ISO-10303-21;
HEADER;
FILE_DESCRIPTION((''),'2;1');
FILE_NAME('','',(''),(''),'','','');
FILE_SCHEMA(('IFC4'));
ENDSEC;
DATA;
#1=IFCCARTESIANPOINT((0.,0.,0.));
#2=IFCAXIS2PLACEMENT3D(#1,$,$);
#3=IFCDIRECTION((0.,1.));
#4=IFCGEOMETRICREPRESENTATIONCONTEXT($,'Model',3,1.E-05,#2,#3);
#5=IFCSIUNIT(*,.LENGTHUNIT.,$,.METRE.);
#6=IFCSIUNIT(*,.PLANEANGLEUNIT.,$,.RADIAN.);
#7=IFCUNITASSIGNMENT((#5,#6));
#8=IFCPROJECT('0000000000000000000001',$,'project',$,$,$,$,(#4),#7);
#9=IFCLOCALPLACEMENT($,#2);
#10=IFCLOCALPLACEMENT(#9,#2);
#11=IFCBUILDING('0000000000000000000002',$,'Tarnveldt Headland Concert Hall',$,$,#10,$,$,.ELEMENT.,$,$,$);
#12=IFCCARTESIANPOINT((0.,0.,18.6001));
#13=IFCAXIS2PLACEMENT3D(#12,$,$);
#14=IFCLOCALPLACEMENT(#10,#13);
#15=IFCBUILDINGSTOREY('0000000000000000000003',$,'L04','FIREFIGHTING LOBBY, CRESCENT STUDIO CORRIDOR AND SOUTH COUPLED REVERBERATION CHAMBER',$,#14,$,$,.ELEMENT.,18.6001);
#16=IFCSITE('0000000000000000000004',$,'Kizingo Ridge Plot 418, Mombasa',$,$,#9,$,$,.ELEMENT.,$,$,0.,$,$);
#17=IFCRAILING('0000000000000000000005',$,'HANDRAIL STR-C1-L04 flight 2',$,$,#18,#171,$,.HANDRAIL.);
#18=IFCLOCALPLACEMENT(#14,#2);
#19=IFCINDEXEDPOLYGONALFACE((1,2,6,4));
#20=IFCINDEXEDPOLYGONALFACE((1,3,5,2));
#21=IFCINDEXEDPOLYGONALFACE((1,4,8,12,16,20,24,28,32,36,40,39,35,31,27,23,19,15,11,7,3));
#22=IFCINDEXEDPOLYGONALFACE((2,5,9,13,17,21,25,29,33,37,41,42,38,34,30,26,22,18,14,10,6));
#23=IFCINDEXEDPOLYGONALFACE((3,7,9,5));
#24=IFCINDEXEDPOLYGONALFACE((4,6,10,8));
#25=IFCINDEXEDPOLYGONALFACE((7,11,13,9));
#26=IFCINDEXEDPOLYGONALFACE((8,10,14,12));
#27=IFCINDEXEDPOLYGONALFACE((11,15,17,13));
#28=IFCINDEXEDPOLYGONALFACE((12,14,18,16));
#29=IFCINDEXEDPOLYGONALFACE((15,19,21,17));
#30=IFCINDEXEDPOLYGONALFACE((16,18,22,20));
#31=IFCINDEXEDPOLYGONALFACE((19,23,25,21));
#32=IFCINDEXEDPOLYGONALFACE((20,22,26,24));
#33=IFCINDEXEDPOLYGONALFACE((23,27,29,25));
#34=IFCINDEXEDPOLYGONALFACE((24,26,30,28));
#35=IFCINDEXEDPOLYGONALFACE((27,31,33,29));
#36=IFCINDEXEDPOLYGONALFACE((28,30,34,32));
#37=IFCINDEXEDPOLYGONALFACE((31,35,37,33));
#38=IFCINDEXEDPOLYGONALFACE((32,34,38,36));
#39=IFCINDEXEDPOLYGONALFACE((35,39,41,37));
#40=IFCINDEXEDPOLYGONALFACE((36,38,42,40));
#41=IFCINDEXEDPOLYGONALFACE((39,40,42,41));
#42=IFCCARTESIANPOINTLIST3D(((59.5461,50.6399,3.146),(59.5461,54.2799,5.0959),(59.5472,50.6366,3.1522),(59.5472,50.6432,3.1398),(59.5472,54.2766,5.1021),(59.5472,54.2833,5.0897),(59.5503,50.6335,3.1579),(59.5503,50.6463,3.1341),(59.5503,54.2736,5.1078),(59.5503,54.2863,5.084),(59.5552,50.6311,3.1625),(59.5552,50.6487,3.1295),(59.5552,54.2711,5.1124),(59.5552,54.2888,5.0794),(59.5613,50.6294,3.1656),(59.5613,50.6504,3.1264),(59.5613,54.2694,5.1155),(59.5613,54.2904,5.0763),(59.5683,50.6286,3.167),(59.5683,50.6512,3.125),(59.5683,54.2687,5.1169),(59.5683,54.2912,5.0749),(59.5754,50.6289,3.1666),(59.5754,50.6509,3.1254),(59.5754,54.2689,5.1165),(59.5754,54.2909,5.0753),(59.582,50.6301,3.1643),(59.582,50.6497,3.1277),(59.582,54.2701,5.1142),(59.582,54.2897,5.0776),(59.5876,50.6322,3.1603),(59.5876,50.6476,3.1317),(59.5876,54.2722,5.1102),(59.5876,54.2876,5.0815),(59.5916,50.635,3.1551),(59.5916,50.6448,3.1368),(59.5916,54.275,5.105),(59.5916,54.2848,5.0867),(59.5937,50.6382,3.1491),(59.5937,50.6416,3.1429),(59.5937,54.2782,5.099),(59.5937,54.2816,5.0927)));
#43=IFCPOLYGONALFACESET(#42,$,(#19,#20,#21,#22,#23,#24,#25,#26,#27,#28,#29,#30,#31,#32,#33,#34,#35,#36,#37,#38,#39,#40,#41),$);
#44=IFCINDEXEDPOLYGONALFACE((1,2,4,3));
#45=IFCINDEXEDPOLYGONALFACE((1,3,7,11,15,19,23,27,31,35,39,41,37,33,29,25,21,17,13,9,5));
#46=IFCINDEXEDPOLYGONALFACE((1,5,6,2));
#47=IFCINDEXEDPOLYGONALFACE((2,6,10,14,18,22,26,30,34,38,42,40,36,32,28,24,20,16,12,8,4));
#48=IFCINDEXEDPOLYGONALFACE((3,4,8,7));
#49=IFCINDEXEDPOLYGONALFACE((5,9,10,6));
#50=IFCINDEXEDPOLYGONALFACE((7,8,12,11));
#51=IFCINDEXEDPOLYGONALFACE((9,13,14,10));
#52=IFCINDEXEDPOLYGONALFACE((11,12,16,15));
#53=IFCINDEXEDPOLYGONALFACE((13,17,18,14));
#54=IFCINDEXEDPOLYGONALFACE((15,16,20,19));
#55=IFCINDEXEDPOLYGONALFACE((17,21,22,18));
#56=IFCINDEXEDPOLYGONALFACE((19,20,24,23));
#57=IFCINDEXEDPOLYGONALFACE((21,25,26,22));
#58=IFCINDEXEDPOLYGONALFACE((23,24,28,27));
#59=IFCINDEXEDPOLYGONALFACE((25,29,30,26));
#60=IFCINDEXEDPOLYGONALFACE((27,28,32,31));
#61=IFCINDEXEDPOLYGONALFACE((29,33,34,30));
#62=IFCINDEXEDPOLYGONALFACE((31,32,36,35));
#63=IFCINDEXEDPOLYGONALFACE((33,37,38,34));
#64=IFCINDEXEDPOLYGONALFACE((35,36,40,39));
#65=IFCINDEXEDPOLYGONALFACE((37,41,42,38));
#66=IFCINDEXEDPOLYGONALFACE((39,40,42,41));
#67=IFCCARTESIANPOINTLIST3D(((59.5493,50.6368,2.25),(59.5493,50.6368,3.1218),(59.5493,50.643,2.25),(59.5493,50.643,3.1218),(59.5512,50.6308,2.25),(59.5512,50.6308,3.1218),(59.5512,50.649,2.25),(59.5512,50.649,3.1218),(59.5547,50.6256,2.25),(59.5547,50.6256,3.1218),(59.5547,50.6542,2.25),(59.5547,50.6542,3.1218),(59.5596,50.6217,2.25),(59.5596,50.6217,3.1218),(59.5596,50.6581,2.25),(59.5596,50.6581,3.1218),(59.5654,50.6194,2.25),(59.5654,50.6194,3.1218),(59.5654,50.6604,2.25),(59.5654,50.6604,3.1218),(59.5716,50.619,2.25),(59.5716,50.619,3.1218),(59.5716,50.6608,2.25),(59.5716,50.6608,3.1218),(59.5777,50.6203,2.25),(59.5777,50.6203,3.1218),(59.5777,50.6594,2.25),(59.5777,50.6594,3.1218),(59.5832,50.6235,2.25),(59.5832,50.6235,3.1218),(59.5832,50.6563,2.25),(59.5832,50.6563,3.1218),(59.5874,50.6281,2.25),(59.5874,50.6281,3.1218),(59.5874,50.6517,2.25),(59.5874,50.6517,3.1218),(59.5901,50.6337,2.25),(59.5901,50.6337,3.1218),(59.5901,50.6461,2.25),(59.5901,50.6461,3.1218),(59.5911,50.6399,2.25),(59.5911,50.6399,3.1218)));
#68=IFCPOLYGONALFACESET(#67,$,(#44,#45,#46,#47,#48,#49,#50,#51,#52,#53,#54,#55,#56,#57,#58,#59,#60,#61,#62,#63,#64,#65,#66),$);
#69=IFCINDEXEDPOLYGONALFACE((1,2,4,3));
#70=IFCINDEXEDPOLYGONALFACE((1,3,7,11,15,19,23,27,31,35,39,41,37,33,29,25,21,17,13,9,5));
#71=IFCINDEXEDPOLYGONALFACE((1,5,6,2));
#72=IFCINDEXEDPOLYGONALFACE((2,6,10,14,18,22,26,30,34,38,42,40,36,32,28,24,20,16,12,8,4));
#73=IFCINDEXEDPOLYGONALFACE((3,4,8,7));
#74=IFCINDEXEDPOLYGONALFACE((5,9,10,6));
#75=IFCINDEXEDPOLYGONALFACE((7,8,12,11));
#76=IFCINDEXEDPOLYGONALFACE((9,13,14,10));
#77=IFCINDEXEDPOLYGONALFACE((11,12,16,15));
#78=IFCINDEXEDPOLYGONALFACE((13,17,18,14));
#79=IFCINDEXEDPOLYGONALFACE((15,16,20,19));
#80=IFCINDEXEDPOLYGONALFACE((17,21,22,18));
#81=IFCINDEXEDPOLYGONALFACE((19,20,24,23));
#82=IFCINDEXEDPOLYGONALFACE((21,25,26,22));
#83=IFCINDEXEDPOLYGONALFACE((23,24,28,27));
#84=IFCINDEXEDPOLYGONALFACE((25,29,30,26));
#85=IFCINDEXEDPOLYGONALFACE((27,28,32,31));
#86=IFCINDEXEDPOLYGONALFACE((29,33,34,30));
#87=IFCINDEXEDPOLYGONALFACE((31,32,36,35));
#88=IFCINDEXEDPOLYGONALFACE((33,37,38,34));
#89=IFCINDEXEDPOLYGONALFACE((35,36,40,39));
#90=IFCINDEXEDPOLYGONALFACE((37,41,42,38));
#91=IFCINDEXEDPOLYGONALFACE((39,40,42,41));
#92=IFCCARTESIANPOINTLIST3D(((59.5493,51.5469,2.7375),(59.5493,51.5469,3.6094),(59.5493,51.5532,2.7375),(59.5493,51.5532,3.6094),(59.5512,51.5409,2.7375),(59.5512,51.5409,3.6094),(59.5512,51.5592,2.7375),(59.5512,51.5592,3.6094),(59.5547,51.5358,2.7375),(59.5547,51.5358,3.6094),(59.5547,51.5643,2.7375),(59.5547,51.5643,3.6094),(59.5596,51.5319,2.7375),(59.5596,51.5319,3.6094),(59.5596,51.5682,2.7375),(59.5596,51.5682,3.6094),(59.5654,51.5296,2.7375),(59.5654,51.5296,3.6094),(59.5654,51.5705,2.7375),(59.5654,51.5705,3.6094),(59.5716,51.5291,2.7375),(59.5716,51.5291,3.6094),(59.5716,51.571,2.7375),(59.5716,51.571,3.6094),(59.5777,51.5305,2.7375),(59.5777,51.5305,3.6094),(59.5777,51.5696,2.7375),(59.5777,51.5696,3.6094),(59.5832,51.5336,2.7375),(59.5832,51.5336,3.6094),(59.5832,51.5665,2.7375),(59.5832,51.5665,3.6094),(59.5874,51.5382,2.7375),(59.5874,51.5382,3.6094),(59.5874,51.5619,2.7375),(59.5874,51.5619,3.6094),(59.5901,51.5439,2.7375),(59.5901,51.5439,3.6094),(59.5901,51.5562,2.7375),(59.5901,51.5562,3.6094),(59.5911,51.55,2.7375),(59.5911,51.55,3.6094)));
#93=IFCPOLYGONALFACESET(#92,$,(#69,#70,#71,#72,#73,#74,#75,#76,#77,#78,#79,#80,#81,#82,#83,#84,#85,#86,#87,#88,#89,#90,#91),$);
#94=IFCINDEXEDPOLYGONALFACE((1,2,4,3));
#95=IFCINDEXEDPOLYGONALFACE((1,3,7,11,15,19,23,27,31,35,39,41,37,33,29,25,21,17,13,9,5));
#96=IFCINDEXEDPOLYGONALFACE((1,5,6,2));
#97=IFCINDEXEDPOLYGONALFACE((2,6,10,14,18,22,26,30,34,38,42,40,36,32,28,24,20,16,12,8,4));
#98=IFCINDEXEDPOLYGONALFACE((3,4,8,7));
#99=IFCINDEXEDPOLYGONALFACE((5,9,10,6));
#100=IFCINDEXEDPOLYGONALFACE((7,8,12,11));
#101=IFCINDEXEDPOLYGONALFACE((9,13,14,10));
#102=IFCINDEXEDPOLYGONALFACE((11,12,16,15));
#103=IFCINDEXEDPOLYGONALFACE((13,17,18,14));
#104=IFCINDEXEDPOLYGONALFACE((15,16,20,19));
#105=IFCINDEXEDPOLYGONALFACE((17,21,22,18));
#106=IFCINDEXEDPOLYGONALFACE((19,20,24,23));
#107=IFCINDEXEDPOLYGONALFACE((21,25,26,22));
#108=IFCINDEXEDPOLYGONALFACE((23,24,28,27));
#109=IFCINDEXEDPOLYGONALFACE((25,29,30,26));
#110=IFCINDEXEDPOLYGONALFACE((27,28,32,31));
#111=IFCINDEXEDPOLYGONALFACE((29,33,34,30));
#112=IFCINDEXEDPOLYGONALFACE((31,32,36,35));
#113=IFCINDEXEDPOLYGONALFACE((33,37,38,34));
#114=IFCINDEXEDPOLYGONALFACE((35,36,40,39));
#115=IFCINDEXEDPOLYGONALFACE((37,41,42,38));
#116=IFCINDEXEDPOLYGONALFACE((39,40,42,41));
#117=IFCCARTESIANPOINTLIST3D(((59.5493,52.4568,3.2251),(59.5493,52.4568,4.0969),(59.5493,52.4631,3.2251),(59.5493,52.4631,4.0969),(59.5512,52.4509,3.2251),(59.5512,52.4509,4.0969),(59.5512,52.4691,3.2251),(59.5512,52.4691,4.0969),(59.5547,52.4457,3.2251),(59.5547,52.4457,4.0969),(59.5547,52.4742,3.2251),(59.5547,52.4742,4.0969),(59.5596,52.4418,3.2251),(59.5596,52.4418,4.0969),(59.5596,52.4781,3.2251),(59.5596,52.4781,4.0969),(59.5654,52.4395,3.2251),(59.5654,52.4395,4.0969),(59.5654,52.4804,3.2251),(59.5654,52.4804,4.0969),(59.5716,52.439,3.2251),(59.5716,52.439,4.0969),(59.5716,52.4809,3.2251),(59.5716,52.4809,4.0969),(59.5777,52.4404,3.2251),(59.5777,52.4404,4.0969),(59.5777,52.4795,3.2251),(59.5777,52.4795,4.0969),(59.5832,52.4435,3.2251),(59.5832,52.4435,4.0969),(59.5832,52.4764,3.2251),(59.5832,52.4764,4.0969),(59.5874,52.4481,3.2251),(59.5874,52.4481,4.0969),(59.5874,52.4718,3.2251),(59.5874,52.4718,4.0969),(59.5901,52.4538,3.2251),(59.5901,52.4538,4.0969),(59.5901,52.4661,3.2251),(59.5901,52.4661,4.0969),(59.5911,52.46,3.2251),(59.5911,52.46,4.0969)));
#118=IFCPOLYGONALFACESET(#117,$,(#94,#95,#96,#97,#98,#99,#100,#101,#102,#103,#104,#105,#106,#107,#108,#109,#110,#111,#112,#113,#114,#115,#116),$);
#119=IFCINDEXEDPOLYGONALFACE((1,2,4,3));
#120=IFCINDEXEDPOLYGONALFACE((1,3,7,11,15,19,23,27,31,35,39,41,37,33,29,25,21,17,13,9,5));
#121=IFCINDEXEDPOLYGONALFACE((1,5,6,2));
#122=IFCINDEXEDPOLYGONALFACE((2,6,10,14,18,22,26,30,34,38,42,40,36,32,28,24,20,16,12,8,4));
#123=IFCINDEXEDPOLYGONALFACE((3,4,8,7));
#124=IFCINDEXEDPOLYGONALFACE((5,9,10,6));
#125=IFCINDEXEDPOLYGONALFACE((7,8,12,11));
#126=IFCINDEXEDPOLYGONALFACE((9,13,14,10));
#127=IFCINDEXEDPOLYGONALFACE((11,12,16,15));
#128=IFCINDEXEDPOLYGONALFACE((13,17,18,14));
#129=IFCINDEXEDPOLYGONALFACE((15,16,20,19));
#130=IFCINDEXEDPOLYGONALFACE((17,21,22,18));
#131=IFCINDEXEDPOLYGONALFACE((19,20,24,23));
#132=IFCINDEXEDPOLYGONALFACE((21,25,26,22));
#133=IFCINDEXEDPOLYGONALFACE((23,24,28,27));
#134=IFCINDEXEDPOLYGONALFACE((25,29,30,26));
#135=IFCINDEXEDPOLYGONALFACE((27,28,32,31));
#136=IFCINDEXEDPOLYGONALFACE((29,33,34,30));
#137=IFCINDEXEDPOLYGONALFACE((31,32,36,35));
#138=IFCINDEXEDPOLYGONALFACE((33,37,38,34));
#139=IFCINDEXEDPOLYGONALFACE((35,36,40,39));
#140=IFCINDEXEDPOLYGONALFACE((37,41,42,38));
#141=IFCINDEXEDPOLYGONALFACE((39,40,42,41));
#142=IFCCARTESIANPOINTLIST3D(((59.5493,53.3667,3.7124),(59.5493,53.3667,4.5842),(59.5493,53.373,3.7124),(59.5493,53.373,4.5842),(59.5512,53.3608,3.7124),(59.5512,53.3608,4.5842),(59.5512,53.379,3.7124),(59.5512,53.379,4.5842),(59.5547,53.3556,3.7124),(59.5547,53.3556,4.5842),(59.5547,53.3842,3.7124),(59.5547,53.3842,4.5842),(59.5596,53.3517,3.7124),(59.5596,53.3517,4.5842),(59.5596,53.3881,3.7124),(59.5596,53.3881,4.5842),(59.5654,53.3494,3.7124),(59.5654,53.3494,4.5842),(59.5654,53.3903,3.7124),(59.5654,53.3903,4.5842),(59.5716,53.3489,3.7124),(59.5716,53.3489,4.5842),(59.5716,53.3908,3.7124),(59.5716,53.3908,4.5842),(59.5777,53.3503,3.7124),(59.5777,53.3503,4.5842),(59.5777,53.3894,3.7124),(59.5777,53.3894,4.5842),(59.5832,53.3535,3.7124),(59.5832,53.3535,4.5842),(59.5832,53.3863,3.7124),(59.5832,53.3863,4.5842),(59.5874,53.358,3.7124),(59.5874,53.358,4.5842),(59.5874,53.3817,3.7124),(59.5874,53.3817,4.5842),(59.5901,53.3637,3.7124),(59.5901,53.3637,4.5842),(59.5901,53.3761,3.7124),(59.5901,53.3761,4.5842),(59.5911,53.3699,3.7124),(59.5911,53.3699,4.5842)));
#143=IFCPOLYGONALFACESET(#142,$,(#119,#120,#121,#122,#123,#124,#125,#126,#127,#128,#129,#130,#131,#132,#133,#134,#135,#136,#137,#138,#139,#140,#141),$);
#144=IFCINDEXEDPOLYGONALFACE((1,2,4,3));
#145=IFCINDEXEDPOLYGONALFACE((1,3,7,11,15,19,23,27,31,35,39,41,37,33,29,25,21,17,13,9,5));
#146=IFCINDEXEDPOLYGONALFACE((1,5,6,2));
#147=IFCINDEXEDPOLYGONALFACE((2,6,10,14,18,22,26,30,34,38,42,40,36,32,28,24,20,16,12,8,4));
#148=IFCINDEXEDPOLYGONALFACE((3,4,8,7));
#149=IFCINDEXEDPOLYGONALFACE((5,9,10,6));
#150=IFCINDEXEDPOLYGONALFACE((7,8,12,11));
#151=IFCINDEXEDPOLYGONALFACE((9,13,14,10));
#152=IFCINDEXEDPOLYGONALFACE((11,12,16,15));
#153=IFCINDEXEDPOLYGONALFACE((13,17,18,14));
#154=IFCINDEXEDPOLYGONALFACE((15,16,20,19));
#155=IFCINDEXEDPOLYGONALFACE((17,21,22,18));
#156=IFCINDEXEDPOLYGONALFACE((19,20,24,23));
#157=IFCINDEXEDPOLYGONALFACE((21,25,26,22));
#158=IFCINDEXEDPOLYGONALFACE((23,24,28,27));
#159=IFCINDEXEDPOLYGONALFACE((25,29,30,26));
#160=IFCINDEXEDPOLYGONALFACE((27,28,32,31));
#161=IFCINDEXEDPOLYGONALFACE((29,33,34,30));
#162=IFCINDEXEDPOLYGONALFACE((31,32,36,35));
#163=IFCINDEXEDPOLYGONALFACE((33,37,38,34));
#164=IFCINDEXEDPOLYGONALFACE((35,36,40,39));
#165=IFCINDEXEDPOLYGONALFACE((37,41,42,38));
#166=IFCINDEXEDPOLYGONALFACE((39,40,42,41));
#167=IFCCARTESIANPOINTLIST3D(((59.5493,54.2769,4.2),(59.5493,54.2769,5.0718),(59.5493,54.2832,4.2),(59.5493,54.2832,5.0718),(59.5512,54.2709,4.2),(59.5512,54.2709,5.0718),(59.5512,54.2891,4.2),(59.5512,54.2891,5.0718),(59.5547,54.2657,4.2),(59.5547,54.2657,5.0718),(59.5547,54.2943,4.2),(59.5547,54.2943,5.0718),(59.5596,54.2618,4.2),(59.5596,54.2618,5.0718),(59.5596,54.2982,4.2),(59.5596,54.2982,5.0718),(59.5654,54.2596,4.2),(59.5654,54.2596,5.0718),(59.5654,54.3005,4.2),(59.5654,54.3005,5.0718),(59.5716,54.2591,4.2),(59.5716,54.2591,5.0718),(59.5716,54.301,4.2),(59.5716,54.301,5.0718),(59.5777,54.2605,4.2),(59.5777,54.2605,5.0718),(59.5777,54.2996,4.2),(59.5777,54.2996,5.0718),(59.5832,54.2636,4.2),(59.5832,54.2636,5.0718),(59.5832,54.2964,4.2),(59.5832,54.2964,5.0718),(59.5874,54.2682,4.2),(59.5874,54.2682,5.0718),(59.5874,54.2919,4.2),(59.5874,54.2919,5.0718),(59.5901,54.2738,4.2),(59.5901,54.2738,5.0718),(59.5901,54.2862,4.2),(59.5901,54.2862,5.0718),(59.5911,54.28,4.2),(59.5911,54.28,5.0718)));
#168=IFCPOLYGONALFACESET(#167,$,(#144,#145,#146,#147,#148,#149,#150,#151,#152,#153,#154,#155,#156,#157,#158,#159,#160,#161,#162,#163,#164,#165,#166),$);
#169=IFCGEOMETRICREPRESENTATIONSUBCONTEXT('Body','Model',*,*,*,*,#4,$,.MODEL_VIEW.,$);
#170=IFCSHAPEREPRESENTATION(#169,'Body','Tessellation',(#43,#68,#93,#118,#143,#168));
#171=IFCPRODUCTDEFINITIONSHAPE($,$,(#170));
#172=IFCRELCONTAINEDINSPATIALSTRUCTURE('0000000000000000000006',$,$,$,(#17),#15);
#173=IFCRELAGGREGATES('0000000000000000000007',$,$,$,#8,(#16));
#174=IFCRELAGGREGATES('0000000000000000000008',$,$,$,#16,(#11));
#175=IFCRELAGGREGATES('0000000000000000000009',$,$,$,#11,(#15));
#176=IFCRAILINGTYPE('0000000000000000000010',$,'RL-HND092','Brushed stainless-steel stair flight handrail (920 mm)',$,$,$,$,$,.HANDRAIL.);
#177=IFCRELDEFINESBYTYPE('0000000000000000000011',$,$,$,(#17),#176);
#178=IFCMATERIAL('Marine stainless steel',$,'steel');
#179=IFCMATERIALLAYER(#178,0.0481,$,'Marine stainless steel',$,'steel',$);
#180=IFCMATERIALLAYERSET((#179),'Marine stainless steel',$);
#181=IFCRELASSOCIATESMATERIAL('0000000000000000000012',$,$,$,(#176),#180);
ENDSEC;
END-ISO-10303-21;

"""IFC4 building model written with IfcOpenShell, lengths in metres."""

from ifc_helpers import new_model, si_unit, direction, frame, origin, origin_2d, place, context, subcontext, project, spatial, circle, extrude, material, layer, layer_set, type_object, element, save


model = new_model("IFC4")

# Units and contexts
model_context = context("Model", 3, precision=1e-05, world=origin(), true_north=direction((0.0, 1.0)))
body_context = subcontext(model_context, "Body", "Model", "MODEL_VIEW")
ifc_project = project(units=[si_unit("LENGTHUNIT", "METRE"), si_unit("PLANEANGLEUNIT", "RADIAN")], contexts=[model_context])

# Site, building, storey
site_placement = place(None, origin())
site = spatial("IfcSite", under=ifc_project, at=site_placement, Name="Kizingo Ridge Plot 418, Mombasa", CompositionType="ELEMENT", RefElevation=0.0)
building_placement = place(site_placement, origin())
building = spatial("IfcBuilding", under=site, at=building_placement, Name="Tarnveldt Headland Concert Hall", CompositionType="ELEMENT")
storey_placement = place(building_placement, frame((0.0, 0.0, 18.6001)))
storey = spatial("IfcBuildingStorey", under=building, at=storey_placement, Name="L04", Description="FIREFIGHTING LOBBY, CRESCENT STUDIO CORRIDOR AND SOUTH COUPLED REVERBERATION CHAMBER", CompositionType="ELEMENT", Elevation=18.6001)

# Railing
ifc_material_1 = material(Name="Marine stainless steel", Category="steel")
ifc_layer_1 = layer(ifc_material_1, 0.0481, Name="Marine stainless steel", Category="steel")
ifc_layer_set_1 = layer_set([ifc_layer_1], Name="Marine stainless steel")
railing_type_1 = type_object("IfcRailingType", Name="RL-HND092", Description="Brushed stainless-steel stair flight handrail (920 mm)", PredefinedType="HANDRAIL", material=ifc_layer_set_1)
railing_1_placement = place(storey_placement, frame((59.5701, 50.6399, 2.25)))
element("IfcRailing", 1, at=railing_1_placement, inside=storey, type_object=railing_type_1, Name="HANDRAIL STR-C1-L04 flight 2", PredefinedType="HANDRAIL", context=body_context, shape_type="SweptSolid", body=[
    extrude(circle(Radius=0.0239, at=origin_2d()), frame((0.0, 0.0, 0.896), z_axis=(0.0, 0.881492, 0.472198), x_axis=(-1.0, 0.0, 0.0)), (0.0, 0.0, 1.0), 4.1294),
    extrude(circle(Radius=0.021, at=origin_2d()), origin(), (0.0, 0.0, 1.0), 0.8718),
    extrude(circle(Radius=0.021, at=origin_2d()), frame((0.0, 0.9102, 0.4875)), (0.0, 0.0, 1.0), 0.8718),
    extrude(circle(Radius=0.021, at=origin_2d()), frame((0.0, 1.8201, 0.9751)), (0.0, 0.0, 1.0), 0.8718),
    extrude(circle(Radius=0.021, at=origin_2d()), frame((0.0, 2.73, 1.4624)), (0.0, 0.0, 1.0), 0.8718),
    extrude(circle(Radius=0.021, at=origin_2d()), frame((0.0, 3.6401, 1.95)), (0.0, 0.0, 1.0), 0.8718),
])

save(model, "model.ifc")
